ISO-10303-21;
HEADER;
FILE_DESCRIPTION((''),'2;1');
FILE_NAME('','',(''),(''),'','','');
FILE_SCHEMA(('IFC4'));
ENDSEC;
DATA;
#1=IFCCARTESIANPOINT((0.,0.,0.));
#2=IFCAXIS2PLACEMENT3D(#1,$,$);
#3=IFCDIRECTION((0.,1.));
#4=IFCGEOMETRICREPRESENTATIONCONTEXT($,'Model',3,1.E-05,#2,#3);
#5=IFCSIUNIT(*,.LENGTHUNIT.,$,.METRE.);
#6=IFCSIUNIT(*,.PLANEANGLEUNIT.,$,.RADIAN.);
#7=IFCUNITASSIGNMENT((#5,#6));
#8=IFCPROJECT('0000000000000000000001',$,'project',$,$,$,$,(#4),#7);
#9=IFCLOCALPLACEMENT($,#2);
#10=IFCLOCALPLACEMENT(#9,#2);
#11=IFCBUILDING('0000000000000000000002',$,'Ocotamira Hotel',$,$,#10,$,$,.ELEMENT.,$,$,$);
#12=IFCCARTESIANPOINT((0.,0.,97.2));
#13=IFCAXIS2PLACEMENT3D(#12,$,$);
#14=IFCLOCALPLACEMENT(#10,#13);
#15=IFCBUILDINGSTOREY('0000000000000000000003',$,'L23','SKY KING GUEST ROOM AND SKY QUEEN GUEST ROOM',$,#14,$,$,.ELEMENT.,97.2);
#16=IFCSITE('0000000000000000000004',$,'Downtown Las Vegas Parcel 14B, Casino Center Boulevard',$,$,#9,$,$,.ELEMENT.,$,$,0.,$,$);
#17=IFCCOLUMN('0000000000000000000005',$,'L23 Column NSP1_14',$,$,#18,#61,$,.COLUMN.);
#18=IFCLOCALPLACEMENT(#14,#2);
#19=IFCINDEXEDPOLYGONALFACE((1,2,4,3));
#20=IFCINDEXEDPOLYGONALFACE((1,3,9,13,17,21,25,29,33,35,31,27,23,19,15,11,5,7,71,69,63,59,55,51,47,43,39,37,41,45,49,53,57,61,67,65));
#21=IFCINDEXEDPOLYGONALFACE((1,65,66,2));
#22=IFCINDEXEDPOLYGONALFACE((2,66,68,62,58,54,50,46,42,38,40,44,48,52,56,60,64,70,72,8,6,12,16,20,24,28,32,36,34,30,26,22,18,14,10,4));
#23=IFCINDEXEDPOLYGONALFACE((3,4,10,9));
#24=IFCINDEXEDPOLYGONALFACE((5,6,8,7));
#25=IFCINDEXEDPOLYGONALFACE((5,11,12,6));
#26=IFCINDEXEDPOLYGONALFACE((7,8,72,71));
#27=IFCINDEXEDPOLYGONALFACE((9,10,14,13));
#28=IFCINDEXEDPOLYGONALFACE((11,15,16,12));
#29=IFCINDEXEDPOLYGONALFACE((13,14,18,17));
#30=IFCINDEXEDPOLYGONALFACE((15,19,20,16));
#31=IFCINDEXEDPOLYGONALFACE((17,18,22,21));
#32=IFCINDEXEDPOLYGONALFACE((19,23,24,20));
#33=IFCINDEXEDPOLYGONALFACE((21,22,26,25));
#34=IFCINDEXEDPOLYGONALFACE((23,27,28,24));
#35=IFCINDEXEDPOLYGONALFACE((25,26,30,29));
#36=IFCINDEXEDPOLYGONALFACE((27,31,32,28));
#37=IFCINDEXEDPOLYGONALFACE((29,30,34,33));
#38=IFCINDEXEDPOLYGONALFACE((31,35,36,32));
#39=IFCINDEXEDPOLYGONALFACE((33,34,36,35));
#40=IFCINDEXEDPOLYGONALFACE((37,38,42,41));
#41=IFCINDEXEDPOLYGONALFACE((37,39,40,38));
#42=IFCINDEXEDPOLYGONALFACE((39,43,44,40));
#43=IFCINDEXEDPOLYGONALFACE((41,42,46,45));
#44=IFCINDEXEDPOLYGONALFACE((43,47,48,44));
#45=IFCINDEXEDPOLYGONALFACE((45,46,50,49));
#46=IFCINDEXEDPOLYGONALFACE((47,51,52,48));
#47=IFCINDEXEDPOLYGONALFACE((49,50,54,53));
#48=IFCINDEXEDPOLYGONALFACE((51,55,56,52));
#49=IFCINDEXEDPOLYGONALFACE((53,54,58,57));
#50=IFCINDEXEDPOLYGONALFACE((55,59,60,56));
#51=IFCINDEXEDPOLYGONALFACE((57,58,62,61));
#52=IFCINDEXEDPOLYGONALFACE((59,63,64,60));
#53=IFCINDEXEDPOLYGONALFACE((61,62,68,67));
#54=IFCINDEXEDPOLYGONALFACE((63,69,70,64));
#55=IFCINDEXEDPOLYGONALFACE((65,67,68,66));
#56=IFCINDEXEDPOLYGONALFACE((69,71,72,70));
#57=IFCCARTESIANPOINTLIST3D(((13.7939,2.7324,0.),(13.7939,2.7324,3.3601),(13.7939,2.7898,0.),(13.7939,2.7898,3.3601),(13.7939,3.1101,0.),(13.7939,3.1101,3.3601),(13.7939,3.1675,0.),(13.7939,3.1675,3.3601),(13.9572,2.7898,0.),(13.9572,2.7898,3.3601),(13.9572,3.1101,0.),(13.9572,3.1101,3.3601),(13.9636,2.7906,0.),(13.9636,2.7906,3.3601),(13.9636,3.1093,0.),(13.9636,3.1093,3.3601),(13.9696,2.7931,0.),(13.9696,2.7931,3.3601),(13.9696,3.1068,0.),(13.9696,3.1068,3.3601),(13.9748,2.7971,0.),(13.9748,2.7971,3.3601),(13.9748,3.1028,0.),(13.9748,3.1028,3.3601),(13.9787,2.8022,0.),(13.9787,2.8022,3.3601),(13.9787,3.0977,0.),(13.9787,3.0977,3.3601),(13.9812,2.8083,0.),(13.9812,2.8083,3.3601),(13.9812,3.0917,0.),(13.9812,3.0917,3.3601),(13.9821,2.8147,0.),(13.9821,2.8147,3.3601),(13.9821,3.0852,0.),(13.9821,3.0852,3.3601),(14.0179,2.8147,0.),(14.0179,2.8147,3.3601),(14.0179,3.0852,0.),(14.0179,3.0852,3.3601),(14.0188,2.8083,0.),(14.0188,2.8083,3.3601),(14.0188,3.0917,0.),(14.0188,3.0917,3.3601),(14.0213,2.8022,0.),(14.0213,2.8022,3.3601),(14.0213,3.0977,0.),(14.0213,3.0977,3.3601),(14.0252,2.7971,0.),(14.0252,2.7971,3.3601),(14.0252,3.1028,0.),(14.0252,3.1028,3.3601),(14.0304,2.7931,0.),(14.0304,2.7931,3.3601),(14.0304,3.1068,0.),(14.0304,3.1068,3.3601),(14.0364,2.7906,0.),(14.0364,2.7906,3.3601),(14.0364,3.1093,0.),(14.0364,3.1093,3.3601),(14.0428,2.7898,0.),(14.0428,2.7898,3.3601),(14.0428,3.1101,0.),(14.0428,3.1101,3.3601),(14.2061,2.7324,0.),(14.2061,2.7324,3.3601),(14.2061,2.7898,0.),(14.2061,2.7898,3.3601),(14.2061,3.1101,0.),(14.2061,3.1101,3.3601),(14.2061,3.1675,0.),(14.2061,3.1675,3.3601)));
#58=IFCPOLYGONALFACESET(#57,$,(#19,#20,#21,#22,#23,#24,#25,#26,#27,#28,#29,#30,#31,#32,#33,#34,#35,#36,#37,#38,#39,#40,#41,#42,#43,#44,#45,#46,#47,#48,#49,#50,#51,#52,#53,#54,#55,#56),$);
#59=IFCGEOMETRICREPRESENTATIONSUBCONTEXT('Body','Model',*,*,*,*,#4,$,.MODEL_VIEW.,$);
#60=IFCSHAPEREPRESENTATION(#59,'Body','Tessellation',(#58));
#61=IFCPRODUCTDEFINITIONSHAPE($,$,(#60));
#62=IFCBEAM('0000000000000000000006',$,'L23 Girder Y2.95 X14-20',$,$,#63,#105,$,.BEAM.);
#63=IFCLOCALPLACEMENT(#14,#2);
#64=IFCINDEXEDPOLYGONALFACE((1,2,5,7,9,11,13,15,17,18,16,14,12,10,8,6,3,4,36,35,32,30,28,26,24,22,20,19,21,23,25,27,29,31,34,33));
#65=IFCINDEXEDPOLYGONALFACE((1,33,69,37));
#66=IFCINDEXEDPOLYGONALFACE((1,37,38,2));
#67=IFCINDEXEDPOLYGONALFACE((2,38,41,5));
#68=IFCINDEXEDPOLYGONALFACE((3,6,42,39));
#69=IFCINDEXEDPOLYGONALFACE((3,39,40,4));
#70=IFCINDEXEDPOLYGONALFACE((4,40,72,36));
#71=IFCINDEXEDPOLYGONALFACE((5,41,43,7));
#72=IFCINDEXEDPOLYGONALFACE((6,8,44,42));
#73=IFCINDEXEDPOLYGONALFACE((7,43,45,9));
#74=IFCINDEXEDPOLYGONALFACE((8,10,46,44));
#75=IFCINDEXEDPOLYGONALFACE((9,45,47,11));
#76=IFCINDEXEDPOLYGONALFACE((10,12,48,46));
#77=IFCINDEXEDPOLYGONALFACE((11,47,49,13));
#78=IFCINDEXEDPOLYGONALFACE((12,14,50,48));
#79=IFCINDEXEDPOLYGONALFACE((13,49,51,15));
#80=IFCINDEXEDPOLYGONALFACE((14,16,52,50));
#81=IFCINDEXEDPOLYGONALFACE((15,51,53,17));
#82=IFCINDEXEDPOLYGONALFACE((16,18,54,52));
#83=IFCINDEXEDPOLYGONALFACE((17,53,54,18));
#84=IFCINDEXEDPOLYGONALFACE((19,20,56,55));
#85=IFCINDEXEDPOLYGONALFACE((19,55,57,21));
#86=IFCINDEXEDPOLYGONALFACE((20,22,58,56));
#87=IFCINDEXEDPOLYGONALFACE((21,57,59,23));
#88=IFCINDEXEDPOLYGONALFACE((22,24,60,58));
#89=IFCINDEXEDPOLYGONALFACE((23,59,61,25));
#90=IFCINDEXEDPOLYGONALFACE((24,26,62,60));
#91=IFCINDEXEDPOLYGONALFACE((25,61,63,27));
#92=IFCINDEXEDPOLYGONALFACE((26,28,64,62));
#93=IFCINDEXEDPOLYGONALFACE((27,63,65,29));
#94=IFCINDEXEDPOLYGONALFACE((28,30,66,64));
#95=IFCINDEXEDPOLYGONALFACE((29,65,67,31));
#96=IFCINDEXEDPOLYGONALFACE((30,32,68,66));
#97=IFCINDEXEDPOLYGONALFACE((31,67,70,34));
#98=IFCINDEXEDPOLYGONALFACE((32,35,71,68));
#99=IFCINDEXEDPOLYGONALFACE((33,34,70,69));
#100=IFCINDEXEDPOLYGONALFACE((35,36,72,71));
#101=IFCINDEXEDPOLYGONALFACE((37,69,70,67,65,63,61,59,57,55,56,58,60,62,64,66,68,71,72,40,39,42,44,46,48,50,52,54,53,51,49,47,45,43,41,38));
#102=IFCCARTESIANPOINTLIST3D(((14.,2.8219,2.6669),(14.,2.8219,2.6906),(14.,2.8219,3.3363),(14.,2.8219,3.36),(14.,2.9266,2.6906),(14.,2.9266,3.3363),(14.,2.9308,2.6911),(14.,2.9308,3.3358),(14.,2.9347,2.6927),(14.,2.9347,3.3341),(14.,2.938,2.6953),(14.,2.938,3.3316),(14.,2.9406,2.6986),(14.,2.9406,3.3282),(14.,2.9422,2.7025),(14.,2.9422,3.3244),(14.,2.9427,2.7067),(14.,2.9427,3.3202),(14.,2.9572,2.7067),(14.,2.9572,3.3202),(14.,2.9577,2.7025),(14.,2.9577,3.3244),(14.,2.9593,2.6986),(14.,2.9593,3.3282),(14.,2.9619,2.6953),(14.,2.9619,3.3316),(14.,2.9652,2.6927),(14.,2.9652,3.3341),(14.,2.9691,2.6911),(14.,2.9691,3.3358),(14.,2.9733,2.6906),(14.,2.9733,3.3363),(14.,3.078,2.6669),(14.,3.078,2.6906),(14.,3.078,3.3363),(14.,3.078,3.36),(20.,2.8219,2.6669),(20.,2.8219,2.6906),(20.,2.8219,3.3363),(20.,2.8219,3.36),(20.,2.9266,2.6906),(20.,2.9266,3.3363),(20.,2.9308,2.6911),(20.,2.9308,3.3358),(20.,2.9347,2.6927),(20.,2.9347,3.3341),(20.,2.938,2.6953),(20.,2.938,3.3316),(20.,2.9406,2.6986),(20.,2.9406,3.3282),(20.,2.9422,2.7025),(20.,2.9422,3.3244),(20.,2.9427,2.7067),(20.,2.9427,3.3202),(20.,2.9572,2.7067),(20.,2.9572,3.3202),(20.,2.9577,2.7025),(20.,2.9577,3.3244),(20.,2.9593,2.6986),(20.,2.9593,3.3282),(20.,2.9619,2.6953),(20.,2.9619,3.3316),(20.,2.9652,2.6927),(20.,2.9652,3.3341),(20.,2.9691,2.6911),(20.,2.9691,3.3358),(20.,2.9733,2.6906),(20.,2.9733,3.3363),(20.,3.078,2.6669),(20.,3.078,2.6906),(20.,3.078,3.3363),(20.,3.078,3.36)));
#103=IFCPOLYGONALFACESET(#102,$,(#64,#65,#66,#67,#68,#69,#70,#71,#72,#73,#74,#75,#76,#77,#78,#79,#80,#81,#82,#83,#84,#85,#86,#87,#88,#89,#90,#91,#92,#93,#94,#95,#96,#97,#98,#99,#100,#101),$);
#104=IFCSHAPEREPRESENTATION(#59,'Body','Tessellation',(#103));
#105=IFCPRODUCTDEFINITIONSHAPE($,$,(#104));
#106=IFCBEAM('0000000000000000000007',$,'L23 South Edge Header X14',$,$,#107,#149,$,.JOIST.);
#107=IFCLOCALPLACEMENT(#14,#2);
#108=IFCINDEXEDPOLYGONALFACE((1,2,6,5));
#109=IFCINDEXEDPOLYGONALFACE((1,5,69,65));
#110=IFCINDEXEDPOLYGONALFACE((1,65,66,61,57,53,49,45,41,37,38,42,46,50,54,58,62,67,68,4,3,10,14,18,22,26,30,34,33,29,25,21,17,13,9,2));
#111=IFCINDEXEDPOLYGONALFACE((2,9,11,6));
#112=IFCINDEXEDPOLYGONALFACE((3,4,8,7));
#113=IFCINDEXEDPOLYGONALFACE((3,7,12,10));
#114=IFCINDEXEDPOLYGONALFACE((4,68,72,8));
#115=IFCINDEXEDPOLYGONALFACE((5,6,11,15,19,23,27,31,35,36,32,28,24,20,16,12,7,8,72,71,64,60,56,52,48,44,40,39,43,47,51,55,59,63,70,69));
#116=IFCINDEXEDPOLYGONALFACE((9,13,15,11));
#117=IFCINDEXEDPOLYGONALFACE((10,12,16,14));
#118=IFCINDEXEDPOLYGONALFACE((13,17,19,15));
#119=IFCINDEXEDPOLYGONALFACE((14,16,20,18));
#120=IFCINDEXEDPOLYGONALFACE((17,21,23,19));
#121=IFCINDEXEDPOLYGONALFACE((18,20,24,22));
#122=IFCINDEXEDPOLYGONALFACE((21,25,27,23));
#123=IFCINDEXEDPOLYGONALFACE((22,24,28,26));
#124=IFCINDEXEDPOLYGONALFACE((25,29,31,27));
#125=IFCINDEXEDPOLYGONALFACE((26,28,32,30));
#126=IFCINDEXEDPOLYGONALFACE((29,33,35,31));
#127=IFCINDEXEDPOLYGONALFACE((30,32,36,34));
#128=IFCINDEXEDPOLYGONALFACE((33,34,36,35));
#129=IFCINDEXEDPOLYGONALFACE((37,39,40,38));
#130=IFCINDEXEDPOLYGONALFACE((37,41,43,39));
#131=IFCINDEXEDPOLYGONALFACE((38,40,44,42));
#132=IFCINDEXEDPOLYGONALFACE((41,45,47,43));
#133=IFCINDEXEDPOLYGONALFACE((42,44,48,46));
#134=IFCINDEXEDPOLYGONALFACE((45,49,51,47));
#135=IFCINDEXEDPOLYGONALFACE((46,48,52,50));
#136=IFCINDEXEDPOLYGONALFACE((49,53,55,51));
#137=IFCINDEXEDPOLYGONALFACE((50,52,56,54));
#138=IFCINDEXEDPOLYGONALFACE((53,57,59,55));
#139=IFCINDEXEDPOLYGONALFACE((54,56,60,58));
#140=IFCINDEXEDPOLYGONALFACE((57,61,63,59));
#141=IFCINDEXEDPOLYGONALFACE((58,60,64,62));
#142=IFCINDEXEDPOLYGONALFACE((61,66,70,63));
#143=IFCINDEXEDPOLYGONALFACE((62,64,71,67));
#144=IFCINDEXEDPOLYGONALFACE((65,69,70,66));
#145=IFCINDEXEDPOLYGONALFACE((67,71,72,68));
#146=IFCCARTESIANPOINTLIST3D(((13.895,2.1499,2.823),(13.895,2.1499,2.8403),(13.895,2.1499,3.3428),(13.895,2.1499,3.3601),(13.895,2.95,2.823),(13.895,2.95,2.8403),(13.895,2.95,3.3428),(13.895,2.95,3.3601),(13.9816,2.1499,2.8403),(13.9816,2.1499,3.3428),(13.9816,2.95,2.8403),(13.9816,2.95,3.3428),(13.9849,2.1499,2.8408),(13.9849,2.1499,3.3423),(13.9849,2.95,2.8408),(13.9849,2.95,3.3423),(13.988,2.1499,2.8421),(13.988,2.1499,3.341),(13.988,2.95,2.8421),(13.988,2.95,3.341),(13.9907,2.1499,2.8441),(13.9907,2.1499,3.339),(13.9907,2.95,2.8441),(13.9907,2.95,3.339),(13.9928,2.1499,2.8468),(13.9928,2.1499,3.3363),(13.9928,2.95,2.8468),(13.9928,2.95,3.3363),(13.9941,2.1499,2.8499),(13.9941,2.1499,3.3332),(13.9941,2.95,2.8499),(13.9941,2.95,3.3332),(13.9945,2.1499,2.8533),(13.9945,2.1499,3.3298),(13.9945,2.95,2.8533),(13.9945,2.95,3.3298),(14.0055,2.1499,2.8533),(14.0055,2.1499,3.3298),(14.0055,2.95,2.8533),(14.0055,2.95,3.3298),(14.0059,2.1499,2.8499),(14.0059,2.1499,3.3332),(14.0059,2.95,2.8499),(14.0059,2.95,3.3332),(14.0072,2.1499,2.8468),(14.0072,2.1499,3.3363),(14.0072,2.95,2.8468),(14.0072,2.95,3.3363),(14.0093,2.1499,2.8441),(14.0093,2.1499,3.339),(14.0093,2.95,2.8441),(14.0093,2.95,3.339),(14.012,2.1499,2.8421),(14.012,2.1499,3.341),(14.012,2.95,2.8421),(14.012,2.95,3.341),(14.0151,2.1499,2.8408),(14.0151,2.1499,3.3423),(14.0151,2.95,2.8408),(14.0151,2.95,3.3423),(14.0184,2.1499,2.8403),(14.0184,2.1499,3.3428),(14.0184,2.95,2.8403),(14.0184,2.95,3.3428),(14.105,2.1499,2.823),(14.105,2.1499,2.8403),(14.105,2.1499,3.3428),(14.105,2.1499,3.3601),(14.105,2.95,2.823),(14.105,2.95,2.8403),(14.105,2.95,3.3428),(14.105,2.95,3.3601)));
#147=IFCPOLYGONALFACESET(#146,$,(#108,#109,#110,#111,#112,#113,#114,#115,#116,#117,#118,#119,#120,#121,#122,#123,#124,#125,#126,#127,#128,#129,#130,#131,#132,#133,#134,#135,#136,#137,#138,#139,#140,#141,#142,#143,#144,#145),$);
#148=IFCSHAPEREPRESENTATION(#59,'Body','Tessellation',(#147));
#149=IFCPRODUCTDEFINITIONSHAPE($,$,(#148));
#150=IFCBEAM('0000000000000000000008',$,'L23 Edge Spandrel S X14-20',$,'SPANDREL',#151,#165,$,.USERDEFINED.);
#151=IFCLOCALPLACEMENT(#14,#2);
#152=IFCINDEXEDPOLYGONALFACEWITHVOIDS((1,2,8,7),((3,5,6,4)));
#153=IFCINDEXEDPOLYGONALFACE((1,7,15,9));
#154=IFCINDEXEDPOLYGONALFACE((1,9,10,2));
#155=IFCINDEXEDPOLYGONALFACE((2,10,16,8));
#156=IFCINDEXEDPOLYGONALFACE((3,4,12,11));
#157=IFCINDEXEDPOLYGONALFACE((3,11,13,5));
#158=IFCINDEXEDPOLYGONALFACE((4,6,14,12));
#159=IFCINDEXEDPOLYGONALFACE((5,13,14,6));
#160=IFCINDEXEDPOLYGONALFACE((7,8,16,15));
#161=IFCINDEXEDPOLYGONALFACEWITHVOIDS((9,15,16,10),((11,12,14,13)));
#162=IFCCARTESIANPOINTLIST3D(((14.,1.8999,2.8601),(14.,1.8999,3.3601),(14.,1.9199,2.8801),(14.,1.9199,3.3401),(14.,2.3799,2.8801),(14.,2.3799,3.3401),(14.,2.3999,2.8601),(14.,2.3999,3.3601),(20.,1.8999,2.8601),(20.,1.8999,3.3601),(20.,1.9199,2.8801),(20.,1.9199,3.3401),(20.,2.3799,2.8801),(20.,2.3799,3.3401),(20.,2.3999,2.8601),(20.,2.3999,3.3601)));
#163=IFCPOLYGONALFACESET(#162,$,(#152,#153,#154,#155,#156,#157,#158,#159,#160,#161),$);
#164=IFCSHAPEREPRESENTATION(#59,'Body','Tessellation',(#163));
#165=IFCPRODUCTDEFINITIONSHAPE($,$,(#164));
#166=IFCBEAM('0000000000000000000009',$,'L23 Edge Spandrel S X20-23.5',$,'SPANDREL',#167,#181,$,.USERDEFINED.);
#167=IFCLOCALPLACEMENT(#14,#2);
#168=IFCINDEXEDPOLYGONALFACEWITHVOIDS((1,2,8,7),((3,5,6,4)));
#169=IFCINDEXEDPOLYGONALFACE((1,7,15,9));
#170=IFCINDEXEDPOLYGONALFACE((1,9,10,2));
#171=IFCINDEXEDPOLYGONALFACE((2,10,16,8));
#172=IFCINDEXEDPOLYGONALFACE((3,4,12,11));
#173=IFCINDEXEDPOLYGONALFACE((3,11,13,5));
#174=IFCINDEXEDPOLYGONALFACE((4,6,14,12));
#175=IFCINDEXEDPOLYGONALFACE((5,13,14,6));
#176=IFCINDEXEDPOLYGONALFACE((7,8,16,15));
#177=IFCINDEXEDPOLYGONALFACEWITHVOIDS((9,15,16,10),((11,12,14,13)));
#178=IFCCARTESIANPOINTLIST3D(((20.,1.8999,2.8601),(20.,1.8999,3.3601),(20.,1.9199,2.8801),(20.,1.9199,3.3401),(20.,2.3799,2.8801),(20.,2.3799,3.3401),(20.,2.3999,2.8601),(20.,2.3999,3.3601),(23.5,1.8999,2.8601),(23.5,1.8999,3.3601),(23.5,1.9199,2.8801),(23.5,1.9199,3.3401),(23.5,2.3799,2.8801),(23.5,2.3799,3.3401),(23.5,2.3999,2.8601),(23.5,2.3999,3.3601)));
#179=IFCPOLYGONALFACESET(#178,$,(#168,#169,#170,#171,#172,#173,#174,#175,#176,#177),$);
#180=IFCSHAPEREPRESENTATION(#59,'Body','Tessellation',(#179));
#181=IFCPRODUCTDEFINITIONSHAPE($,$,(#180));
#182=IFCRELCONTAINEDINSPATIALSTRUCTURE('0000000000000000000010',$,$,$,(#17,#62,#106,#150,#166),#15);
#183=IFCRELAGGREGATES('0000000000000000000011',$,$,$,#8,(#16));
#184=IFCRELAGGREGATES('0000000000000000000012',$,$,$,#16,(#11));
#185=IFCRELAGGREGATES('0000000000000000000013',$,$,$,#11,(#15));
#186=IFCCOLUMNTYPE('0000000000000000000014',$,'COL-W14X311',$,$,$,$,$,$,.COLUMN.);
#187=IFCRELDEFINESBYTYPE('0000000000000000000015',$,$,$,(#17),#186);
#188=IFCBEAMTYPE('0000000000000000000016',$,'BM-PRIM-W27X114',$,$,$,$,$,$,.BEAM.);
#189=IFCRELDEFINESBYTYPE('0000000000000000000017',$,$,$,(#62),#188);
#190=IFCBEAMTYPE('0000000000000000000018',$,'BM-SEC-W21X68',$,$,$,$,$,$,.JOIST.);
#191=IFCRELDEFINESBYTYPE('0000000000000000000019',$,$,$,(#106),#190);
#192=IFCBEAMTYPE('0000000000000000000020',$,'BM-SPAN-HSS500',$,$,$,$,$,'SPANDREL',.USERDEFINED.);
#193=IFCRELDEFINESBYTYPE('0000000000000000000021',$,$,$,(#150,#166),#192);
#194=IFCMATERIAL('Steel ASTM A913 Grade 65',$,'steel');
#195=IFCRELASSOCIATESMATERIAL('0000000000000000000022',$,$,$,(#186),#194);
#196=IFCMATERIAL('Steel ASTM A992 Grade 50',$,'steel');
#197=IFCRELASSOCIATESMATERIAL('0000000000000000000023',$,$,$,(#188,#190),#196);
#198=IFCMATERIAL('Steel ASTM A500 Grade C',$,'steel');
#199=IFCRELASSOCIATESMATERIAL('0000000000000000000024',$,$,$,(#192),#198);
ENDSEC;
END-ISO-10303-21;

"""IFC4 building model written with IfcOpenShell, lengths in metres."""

from ifc_helpers import new_model, si_unit, direction, frame, origin, origin_2d, place, context, subcontext, project, spatial, hollow_rectangle, i_section, extrude, source, transform, mapped, material, material_profile, profile_set, type_object, element, save


model = new_model("IFC4")

# Units and contexts
model_context = context("Model", 3, precision=1e-05, world=origin(), true_north=direction((0.0, 1.0)))
body_context = subcontext(model_context, "Body", "Model", "MODEL_VIEW")
ifc_project = project(units=[si_unit("LENGTHUNIT", "METRE"), si_unit("PLANEANGLEUNIT", "RADIAN")], contexts=[model_context])

# Site, building, storey
site_placement = place(None, origin())
site = spatial("IfcSite", under=ifc_project, at=site_placement, Name="Downtown Las Vegas Parcel 14B, Casino Center Boulevard", CompositionType="ELEMENT", RefElevation=0.0)
building_placement = place(site_placement, origin())
building = spatial("IfcBuilding", under=site, at=building_placement, Name="Ocotamira Hotel", CompositionType="ELEMENT")
storey_placement = place(building_placement, frame((0.0, 0.0, 97.2)))
storey = spatial("IfcBuildingStorey", under=building, at=storey_placement, Name="L23", Description="SKY KING GUEST ROOM AND SKY QUEEN GUEST ROOM", CompositionType="ELEMENT", Elevation=97.2)

# Column
ifc_material_1 = material(Name="Steel ASTM A913 Grade 65", Category="steel")
ifc_material_profile_1 = material_profile(ifc_material_1, i_section(OverallWidth=0.4121, OverallDepth=0.4351, WebThickness=0.0359, FlangeThickness=0.0574, FilletRadius=0.0249, at=origin_2d()), Name="W14X311")
ifc_profile_set_1 = profile_set([ifc_material_profile_1], Name="Steel ASTM A913 Grade 65")
column_type = type_object("IfcColumnType", Name="COL-W14X311", PredefinedType="COLUMN", material=ifc_profile_set_1)
shared_shape_1 = source(origin(), body_context, "Body", "SweptSolid", [
    extrude(i_section(OverallWidth=0.4121, OverallDepth=0.4351, WebThickness=0.0359, FlangeThickness=0.0574, FilletRadius=0.0249, at=origin_2d()), origin(), (0.0, 0.0, 1.0), 3.3601),
])
column_placement = place(storey_placement, frame((14.0, 2.95, 0.0), z_axis=(0.0, 0.0, 1.0), x_axis=(1.0, 0.0, 0.0)))
element("IfcColumn", 1, at=column_placement, inside=storey, type_object=column_type, Name="L23 Column NSP1_14", PredefinedType="COLUMN", context=body_context, shape_type="MappedRepresentation", body=[
    mapped(shared_shape_1, transform((0.0, 0.0, 0.0), scale=1.0)),
])

# Beams
ifc_material_2 = material(Name="Steel ASTM A992 Grade 50", Category="steel")
ifc_material_profile_2 = material_profile(ifc_material_2, i_section(OverallWidth=0.2561, OverallDepth=0.6931, WebThickness=0.0144, FlangeThickness=0.0237, FilletRadius=0.0161, at=origin_2d()), Name="W27X114")
ifc_profile_set_2 = profile_set([ifc_material_profile_2], Name="Steel ASTM A992 Grade 50")
beam_type_1 = type_object("IfcBeamType", Name="BM-PRIM-W27X114", PredefinedType="BEAM", material=ifc_profile_set_2)
shared_shape_2 = source(origin(), body_context, "Body", "SweptSolid", [
    extrude(i_section(OverallWidth=0.2561, OverallDepth=0.6931, WebThickness=0.0144, FlangeThickness=0.0237, FilletRadius=0.0161, at=origin_2d()), origin(), (0.0, 0.0, 1.0), 6.0),
])
beam_1_placement = place(storey_placement, frame((14.0, 2.95, 3.0134), z_axis=(1.0, 0.0, 0.0), x_axis=(0.0, 1.0, 0.0)))
element("IfcBeam", 2, at=beam_1_placement, inside=storey, type_object=beam_type_1, Name="L23 Girder Y2.95 X14-20", PredefinedType="BEAM", context=body_context, shape_type="MappedRepresentation", body=[
    mapped(shared_shape_2, transform((0.0, 0.0, 0.0), scale=1.0)),
])
ifc_material_profile_3 = material_profile(ifc_material_2, i_section(OverallWidth=0.21, OverallDepth=0.5371, WebThickness=0.011, FlangeThickness=0.0173, FilletRadius=0.0129, at=origin_2d()), Name="W21X68")
ifc_profile_set_3 = profile_set([ifc_material_profile_3], Name="Steel ASTM A992 Grade 50")
beam_type_2 = type_object("IfcBeamType", Name="BM-SEC-W21X68", PredefinedType="JOIST", material=ifc_profile_set_3)
shared_shape_3 = source(origin(), body_context, "Body", "SweptSolid", [
    extrude(i_section(OverallWidth=0.21, OverallDepth=0.5371, WebThickness=0.011, FlangeThickness=0.0173, FilletRadius=0.0129, at=origin_2d()), origin(), (0.0, 0.0, 1.0), 0.8),
])
beam_2_placement = place(storey_placement, frame((14.0, 2.95, 3.0916), z_axis=(0.0, -1.0, 0.0), x_axis=(1.0, 0.0, 0.0)))
element("IfcBeam", 3, at=beam_2_placement, inside=storey, type_object=beam_type_2, Name="L23 South Edge Header X14", PredefinedType="JOIST", context=body_context, shape_type="MappedRepresentation", body=[
    mapped(shared_shape_3, transform((0.0, 0.0, 0.0), scale=1.0)),
])
ifc_material_3 = material(Name="Steel ASTM A500 Grade C", Category="steel")
ifc_material_profile_4 = material_profile(ifc_material_3, hollow_rectangle(XDim=0.5, YDim=0.5, WallThickness=0.02, at=origin_2d()), Name="HSS500X500X20")
ifc_profile_set_4 = profile_set([ifc_material_profile_4], Name="Steel ASTM A500 Grade C")
beam_type_3 = type_object("IfcBeamType", Name="BM-SPAN-HSS500", ElementType="SPANDREL", PredefinedType="USERDEFINED", material=ifc_profile_set_4)
shared_shape_4 = source(origin(), body_context, "Body", "SweptSolid", [
    extrude(hollow_rectangle(XDim=0.5, YDim=0.5, WallThickness=0.02, at=origin_2d()), origin(), (0.0, 0.0, 1.0), 6.0),
])
beam_3_placement = place(storey_placement, frame((14.0, 2.1499, 3.1101), z_axis=(1.0, 0.0, 0.0), x_axis=(0.0, 1.0, 0.0)))
element("IfcBeam", 4, at=beam_3_placement, inside=storey, type_object=beam_type_3, Name="L23 Edge Spandrel S X14-20", ObjectType="SPANDREL", PredefinedType="USERDEFINED", context=body_context, shape_type="MappedRepresentation", body=[
    mapped(shared_shape_4, transform((0.0, 0.0, 0.0), scale=1.0)),
])
shared_shape_5 = source(origin(), body_context, "Body", "SweptSolid", [
    extrude(hollow_rectangle(XDim=0.5, YDim=0.5, WallThickness=0.02, at=origin_2d()), origin(), (0.0, 0.0, 1.0), 3.5),
])
beam_4_placement = place(storey_placement, frame((20.0, 2.1499, 3.1101), z_axis=(1.0, 0.0, 0.0), x_axis=(0.0, 1.0, 0.0)))
element("IfcBeam", 5, at=beam_4_placement, inside=storey, type_object=beam_type_3, Name="L23 Edge Spandrel S X20-23.5", ObjectType="SPANDREL", PredefinedType="USERDEFINED", context=body_context, shape_type="MappedRepresentation", body=[
    mapped(shared_shape_5, transform((0.0, 0.0, 0.0), scale=1.0)),
])

save(model, "model.ifc")
